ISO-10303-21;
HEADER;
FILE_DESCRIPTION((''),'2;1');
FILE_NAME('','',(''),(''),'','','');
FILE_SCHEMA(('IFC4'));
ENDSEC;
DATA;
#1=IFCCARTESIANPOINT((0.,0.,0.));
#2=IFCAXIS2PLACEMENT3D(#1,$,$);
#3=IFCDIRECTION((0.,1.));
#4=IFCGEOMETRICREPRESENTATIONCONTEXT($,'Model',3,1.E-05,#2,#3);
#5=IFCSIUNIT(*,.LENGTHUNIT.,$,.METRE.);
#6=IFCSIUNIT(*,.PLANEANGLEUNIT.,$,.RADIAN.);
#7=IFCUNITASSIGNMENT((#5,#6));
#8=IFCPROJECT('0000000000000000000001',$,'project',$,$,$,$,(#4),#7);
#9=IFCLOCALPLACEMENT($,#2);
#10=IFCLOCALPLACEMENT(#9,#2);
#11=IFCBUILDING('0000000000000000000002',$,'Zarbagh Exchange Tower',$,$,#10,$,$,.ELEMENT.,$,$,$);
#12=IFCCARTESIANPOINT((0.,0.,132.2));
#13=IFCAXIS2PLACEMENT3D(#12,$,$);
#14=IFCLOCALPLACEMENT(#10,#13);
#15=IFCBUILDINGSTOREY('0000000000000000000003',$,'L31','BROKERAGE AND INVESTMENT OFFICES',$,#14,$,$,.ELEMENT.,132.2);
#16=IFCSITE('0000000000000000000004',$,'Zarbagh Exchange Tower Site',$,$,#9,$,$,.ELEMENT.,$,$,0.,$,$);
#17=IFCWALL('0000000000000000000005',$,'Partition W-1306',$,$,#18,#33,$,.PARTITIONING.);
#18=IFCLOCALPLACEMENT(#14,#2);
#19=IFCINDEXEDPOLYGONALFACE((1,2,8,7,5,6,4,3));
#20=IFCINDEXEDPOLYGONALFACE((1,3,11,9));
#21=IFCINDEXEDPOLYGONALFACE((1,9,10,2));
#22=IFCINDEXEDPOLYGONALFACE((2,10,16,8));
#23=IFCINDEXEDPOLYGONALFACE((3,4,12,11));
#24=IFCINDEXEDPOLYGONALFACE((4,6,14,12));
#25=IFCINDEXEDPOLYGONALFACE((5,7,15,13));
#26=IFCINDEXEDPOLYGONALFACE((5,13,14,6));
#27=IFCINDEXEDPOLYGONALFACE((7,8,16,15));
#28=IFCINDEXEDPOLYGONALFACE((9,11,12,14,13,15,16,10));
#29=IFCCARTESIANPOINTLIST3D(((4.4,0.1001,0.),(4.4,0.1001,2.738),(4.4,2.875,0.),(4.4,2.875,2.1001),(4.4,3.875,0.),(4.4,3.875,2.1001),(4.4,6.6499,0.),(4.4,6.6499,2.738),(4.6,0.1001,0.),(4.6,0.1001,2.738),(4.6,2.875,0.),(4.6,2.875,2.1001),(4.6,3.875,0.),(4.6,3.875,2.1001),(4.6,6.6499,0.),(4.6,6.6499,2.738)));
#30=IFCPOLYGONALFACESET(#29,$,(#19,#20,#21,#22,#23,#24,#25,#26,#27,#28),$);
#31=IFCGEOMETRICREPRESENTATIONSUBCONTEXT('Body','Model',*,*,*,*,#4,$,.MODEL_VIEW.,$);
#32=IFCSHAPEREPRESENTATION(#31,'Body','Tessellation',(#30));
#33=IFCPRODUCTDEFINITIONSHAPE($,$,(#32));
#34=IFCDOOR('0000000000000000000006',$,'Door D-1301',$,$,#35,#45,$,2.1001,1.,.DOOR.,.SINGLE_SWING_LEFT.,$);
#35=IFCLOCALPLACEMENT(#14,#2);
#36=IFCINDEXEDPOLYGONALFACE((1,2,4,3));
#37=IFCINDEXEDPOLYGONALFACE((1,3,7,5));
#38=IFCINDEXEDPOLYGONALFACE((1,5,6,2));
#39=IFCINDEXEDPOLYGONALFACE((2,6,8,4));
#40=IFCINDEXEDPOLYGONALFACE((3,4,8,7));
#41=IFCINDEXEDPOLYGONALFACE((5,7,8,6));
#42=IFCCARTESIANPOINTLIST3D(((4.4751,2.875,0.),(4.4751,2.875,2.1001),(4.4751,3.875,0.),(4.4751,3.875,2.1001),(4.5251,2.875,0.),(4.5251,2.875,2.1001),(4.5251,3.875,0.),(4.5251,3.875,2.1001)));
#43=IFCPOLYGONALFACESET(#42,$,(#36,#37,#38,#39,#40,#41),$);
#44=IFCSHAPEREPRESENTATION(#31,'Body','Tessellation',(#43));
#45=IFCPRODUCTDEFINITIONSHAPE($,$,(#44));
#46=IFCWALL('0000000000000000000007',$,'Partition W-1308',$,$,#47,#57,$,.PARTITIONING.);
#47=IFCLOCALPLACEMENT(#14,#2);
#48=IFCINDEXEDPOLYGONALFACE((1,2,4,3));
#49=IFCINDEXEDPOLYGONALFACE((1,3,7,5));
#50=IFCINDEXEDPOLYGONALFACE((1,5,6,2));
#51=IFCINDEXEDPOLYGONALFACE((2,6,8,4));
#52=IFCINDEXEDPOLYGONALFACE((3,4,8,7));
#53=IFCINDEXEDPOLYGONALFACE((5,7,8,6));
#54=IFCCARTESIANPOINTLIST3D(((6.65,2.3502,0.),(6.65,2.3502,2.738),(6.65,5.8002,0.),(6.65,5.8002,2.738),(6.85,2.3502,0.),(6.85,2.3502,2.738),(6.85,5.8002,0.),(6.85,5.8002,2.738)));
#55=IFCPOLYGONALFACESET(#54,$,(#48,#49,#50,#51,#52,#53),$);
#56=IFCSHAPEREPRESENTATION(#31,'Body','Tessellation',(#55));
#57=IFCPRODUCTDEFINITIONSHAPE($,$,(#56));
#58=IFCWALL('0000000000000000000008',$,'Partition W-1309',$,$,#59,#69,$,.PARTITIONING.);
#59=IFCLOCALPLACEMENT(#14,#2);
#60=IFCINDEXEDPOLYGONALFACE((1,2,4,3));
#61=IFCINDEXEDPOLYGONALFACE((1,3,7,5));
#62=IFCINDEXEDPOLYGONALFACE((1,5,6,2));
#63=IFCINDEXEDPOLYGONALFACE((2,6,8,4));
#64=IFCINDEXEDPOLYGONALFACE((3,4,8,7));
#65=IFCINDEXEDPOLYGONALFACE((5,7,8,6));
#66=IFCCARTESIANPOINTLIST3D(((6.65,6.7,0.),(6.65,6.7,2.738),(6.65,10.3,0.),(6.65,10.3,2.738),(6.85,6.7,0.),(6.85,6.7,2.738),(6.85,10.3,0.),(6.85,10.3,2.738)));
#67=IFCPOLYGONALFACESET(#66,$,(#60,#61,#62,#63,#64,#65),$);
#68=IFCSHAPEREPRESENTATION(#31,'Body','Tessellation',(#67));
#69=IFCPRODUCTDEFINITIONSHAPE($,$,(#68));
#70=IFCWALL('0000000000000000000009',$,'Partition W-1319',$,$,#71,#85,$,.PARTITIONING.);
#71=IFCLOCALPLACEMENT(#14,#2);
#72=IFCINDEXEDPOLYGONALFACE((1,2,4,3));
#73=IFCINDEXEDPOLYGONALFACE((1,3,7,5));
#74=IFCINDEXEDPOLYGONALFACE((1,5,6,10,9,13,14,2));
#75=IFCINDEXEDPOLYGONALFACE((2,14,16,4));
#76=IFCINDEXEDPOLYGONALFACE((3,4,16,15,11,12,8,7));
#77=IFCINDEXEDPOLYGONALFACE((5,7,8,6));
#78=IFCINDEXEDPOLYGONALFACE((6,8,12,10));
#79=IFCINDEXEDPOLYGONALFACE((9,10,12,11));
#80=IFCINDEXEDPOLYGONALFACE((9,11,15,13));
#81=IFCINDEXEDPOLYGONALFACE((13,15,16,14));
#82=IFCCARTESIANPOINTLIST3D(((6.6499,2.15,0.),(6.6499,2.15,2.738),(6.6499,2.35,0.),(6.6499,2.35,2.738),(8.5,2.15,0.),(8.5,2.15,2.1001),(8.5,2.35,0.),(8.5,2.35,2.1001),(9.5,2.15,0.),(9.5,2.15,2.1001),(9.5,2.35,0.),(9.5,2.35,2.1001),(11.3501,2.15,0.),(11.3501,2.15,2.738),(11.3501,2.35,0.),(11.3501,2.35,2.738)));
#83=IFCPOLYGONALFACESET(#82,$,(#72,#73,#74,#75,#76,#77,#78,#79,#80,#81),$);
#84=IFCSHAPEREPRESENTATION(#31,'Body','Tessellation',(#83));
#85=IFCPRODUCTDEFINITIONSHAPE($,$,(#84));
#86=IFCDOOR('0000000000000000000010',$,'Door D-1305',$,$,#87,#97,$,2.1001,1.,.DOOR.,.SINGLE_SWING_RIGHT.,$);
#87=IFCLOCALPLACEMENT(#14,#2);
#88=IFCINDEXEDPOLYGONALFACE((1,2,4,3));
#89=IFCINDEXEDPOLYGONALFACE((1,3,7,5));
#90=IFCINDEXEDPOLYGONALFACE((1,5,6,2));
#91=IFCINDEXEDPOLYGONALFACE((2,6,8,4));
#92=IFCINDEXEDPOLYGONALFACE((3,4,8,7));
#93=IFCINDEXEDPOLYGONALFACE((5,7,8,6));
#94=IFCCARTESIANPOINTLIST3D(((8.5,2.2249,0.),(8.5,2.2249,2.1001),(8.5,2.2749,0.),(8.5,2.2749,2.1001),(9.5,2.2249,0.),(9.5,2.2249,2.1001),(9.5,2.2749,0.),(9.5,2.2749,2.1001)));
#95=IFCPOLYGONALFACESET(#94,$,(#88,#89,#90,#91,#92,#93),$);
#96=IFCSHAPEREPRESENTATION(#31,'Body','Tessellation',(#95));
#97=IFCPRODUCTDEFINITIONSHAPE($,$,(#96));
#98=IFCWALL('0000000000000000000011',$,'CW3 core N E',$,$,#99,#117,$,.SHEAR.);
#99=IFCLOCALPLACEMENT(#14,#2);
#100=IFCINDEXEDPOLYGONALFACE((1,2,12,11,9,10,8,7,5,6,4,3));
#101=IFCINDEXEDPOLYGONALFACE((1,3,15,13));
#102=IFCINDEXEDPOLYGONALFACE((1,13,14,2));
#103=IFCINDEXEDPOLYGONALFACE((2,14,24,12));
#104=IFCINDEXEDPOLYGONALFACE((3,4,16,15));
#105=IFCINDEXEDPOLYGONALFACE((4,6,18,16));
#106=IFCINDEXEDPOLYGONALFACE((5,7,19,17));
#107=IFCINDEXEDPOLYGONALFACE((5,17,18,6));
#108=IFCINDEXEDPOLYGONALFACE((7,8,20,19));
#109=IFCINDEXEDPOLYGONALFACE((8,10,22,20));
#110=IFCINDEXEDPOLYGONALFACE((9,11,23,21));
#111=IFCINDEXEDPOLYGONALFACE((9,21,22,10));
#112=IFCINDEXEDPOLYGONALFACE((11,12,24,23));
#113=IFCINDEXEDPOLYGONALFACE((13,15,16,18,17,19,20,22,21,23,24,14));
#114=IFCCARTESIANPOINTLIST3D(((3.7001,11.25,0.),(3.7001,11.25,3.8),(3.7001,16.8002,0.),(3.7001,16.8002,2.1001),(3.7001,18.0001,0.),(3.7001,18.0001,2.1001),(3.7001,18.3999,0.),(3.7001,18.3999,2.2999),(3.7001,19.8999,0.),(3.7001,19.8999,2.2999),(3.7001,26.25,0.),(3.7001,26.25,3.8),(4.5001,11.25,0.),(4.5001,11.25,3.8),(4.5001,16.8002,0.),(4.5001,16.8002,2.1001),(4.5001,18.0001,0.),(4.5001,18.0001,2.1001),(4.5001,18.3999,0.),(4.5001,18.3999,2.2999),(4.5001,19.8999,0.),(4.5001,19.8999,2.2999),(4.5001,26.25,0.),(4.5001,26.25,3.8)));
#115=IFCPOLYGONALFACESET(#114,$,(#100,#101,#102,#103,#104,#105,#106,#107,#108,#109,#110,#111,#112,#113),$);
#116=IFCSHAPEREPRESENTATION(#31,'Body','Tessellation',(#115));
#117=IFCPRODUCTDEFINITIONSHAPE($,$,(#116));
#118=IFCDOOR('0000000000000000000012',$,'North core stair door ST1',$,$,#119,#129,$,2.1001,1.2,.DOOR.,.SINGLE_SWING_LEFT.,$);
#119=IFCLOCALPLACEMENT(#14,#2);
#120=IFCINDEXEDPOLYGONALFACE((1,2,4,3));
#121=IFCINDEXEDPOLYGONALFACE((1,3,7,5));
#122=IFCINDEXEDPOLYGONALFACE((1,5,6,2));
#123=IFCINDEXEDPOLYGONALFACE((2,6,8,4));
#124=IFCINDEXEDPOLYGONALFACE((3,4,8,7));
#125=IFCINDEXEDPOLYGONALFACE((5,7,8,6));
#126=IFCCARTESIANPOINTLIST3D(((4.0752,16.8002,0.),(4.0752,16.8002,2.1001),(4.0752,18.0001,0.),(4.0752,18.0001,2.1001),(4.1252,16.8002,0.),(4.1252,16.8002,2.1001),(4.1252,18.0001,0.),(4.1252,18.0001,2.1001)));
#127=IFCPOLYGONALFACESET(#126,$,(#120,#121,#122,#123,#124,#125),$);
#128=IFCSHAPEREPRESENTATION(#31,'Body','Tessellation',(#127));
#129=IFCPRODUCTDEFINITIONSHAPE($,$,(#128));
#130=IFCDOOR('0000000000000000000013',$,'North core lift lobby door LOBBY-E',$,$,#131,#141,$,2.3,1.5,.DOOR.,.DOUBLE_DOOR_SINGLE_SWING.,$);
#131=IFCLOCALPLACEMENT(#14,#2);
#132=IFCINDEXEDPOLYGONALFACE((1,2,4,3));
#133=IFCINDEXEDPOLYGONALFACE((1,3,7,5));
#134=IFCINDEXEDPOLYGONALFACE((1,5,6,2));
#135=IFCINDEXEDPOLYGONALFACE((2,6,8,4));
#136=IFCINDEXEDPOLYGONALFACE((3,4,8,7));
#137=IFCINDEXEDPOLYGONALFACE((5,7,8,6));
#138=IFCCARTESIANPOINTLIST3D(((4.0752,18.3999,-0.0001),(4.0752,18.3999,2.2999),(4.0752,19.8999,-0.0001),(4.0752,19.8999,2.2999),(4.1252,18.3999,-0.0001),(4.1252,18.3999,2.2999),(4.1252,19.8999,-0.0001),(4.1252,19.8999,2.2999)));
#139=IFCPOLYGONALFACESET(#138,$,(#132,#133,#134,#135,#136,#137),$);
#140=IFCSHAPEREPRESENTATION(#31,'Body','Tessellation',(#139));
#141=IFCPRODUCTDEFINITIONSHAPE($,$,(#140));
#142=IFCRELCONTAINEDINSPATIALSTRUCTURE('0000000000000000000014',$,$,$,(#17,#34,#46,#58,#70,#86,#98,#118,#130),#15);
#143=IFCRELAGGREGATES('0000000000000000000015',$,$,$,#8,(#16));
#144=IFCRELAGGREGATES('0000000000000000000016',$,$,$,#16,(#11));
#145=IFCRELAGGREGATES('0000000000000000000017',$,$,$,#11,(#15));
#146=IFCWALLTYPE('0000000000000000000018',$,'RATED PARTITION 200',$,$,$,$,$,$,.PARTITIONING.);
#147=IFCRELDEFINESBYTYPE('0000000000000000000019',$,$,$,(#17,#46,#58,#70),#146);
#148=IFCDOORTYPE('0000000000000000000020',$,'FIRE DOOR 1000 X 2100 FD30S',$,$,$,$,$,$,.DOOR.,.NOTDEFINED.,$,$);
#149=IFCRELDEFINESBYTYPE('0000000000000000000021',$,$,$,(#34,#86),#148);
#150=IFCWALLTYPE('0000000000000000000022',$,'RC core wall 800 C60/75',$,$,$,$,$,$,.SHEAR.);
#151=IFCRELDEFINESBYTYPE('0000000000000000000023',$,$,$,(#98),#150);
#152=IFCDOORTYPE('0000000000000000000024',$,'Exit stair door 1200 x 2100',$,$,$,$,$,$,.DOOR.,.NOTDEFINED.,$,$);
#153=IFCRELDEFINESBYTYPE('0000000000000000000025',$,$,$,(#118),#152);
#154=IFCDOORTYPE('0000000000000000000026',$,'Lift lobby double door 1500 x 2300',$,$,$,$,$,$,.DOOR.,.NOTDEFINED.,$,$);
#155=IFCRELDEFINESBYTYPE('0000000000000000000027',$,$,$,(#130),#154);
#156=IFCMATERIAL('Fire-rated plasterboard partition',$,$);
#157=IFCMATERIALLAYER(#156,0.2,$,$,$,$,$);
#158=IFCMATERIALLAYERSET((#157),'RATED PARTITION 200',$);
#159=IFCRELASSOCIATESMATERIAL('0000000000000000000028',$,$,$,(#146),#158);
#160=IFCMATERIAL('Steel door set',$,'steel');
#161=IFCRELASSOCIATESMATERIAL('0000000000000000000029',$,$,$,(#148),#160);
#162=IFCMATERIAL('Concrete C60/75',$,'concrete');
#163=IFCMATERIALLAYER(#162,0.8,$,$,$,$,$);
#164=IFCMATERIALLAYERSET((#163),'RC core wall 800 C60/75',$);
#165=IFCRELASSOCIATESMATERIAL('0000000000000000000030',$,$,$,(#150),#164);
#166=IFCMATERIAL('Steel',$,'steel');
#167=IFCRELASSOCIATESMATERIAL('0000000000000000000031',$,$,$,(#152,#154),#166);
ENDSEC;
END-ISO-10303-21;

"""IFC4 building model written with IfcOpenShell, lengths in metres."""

from ifc_helpers import new_model, si_unit, direction, frame, frame_2d, origin, place, context, subcontext, project, spatial, rectangle, extrude, material, layer, layer_set, type_object, element, fill, save


model = new_model("IFC4")

# Units and contexts
model_context = context("Model", 3, precision=1e-05, world=origin(), true_north=direction((0.0, 1.0)))
body_context = subcontext(model_context, "Body", "Model", "MODEL_VIEW")
ifc_project = project(units=[si_unit("LENGTHUNIT", "METRE"), si_unit("PLANEANGLEUNIT", "RADIAN")], contexts=[model_context])

# Site, building, storey
site_placement = place(None, origin())
site = spatial("IfcSite", under=ifc_project, at=site_placement, Name="Zarbagh Exchange Tower Site", CompositionType="ELEMENT", RefElevation=0.0)
building_placement = place(site_placement, origin())
building = spatial("IfcBuilding", under=site, at=building_placement, Name="Zarbagh Exchange Tower", CompositionType="ELEMENT")
storey_placement = place(building_placement, frame((0.0, 0.0, 132.2)))
storey = spatial("IfcBuildingStorey", under=building, at=storey_placement, Name="L31", Description="BROKERAGE AND INVESTMENT OFFICES", CompositionType="ELEMENT", Elevation=132.2)

# Shared definitions
ifc_material_1 = material(Name="Concrete C60/75", Category="concrete")

# Wall, opening, door
ifc_material_2 = material(Name="Fire-rated plasterboard partition")
ifc_layer_1 = layer(ifc_material_2, 0.2)
ifc_layer_set_1 = layer_set([ifc_layer_1], Name="RATED PARTITION 200")
wall_type_1 = type_object("IfcWallType", Name="RATED PARTITION 200", PredefinedType="PARTITIONING", material=ifc_layer_set_1)
wall_1_placement = place(storey_placement, frame((4.5, 0.1001, 0.0), z_axis=(0.0, 0.0, 1.0), x_axis=(0.0, 1.0, 0.0)))
wall_1 = element("IfcWall", 1, at=wall_1_placement, inside=storey, type_object=wall_type_1, Name="Partition W-1306", PredefinedType="PARTITIONING", context=body_context, shape_type="SweptSolid", body=[
    extrude(rectangle(XDim=6.5498, YDim=0.2, at=frame_2d((3.2749, 0.0))), origin(), (0.0, 0.0, 1.0), 2.738),
])
opening_1_placement = place(wall_1_placement, frame((2.7749, 0.0, 0.0)))
opening_1 = element("IfcOpeningElement", 2, at=opening_1_placement, cuts=wall_1, PredefinedType="OPENING", context=body_context, shape_type="SweptSolid", body=[
    extrude(rectangle(XDim=1.0, YDim=2.1001, at=frame_2d((0.5, 1.05))), frame((0.0, 0.1099, 0.0), z_axis=(0.0, -1.0, 0.0), x_axis=(1.0, 0.0, 0.0)), (0.0, 0.0, 1.0), 0.22),
])
ifc_material_3 = material(Name="Steel door set", Category="steel")
door_type_1 = type_object("IfcDoorType", Name="FIRE DOOR 1000 X 2100 FD30S", OperationType="NOTDEFINED", PredefinedType="DOOR", material=ifc_material_3)
door_1_placement = place(opening_1_placement, origin())
door_1 = element("IfcDoor", 3, at=door_1_placement, inside=storey, type_object=door_type_1, Name="Door D-1301", OperationType="SINGLE_SWING_LEFT", OverallHeight=2.1001, OverallWidth=1.0, PredefinedType="DOOR", context=body_context, shape_type="SweptSolid", body=[
    extrude(rectangle(XDim=1.0, YDim=2.1001, at=frame_2d((0.5, 1.05))), frame((0.0, 0.0249, 0.0), z_axis=(0.0, -1.0, 0.0), x_axis=(1.0, 0.0, 0.0)), (0.0, 0.0, 1.0), 0.05),
])
fill(opening_1, door_1)

# Walls
wall_2_placement = place(storey_placement, frame((6.75, 2.3501, 0.0), z_axis=(0.0, 0.0, 1.0), x_axis=(0.0, 1.0, 0.0)))
element("IfcWall", 4, at=wall_2_placement, inside=storey, type_object=wall_type_1, Name="Partition W-1308", PredefinedType="PARTITIONING", context=body_context, shape_type="SweptSolid", body=[
    extrude(rectangle(XDim=3.45, YDim=0.2, at=frame_2d((1.7251, 0.0))), origin(), (0.0, 0.0, 1.0), 2.738),
])
wall_3_placement = place(storey_placement, frame((6.75, 6.7, 0.0), z_axis=(0.0, 0.0, 1.0), x_axis=(0.0, 1.0, 0.0)))
element("IfcWall", 5, at=wall_3_placement, inside=storey, type_object=wall_type_1, Name="Partition W-1309", PredefinedType="PARTITIONING", context=body_context, shape_type="SweptSolid", body=[
    extrude(rectangle(XDim=3.6001, YDim=0.2, at=frame_2d((1.8, 0.0))), origin(), (0.0, 0.0, 1.0), 2.738),
])

# Wall, opening, door
wall_4_placement = place(storey_placement, frame((6.6499, 2.25, 0.0), z_axis=(0.0, 0.0, 1.0), x_axis=(1.0, 0.0, 0.0)))
wall_4 = element("IfcWall", 6, at=wall_4_placement, inside=storey, type_object=wall_type_1, Name="Partition W-1319", PredefinedType="PARTITIONING", context=body_context, shape_type="SweptSolid", body=[
    extrude(rectangle(XDim=4.7002, YDim=0.2, at=frame_2d((2.3501, 0.0))), origin(), (0.0, 0.0, 1.0), 2.738),
])
opening_2_placement = place(wall_4_placement, frame((1.8501, 0.0, 0.0)))
opening_2 = element("IfcOpeningElement", 7, at=opening_2_placement, cuts=wall_4, PredefinedType="OPENING", context=body_context, shape_type="SweptSolid", body=[
    extrude(rectangle(XDim=1.0, YDim=2.1001, at=frame_2d((0.5, 1.05))), frame((0.0, 0.1099, 0.0), z_axis=(0.0, -1.0, 0.0), x_axis=(1.0, 0.0, 0.0)), (0.0, 0.0, 1.0), 0.22),
])
door_2_placement = place(opening_2_placement, origin())
door_2 = element("IfcDoor", 8, at=door_2_placement, inside=storey, type_object=door_type_1, Name="Door D-1305", OperationType="SINGLE_SWING_RIGHT", OverallHeight=2.1001, OverallWidth=1.0, PredefinedType="DOOR", context=body_context, shape_type="SweptSolid", body=[
    extrude(rectangle(XDim=1.0, YDim=2.1001, at=frame_2d((0.5, 1.05))), frame((0.0, 0.0249, 0.0), z_axis=(0.0, -1.0, 0.0), x_axis=(1.0, 0.0, 0.0)), (0.0, 0.0, 1.0), 0.05),
])
fill(opening_2, door_2)

# Wall, openings, doors
ifc_layer_2 = layer(ifc_material_1, 0.8)
ifc_layer_set_2 = layer_set([ifc_layer_2], Name="RC core wall 800 C60/75")
wall_type_2 = type_object("IfcWallType", Name="RC core wall 800 C60/75", PredefinedType="SHEAR", material=ifc_layer_set_2)
wall_5_placement = place(storey_placement, frame((4.1001, 11.25, 0.0), z_axis=(0.0, 0.0, 1.0), x_axis=(0.0, 1.0, 0.0)))
wall_5 = element("IfcWall", 9, at=wall_5_placement, inside=storey, type_object=wall_type_2, Name="CW3 core N E", PredefinedType="SHEAR", context=body_context, shape_type="SweptSolid", body=[
    extrude(rectangle(XDim=15.0, YDim=0.8, at=frame_2d((7.5, 0.0))), origin(), (0.0, 0.0, 1.0), 3.8),
])
opening_3_placement = place(wall_5_placement, frame((7.1499, 0.0, 0.0)))
opening_3 = element("IfcOpeningElement", 10, at=opening_3_placement, cuts=wall_5, PredefinedType="OPENING", context=body_context, shape_type="SweptSolid", body=[
    extrude(rectangle(XDim=1.5, YDim=2.3, at=frame_2d((0.75, 1.1499))), frame((0.0, 0.4099, 0.0), z_axis=(0.0, -1.0, 0.0), x_axis=(1.0, 0.0, 0.0)), (0.0, 0.0, 1.0), 0.8201),
])
opening_4_placement = place(wall_5_placement, frame((5.55, 0.0, 0.0)))
opening_4 = element("IfcOpeningElement", 11, at=opening_4_placement, cuts=wall_5, PredefinedType="OPENING", context=body_context, shape_type="SweptSolid", body=[
    extrude(rectangle(XDim=1.2, YDim=2.1001, at=frame_2d((0.6001, 1.05))), frame((0.0, 0.4099, 0.0), z_axis=(0.0, -1.0, 0.0), x_axis=(1.0, 0.0, 0.0)), (0.0, 0.0, 1.0), 0.8201),
])
ifc_material_4 = material(Name="Steel", Category="steel")
door_type_2 = type_object("IfcDoorType", Name="Exit stair door 1200 x 2100", OperationType="NOTDEFINED", PredefinedType="DOOR", material=ifc_material_4)
door_3_placement = place(opening_4_placement, origin())
door_3 = element("IfcDoor", 12, at=door_3_placement, inside=storey, type_object=door_type_2, Name="North core stair door ST1", OperationType="SINGLE_SWING_LEFT", OverallHeight=2.1001, OverallWidth=1.2, PredefinedType="DOOR", context=body_context, shape_type="SweptSolid", body=[
    extrude(rectangle(XDim=1.2, YDim=2.1001, at=frame_2d((0.6001, 1.05))), frame((0.0, 0.0249, 0.0), z_axis=(0.0, -1.0, 0.0), x_axis=(1.0, 0.0, 0.0)), (0.0, 0.0, 1.0), 0.05),
])
fill(opening_4, door_3)
door_type_3 = type_object("IfcDoorType", Name="Lift lobby double door 1500 x 2300", OperationType="NOTDEFINED", PredefinedType="DOOR", material=ifc_material_4)
door_4_placement = place(opening_3_placement, origin())
door_4 = element("IfcDoor", 13, at=door_4_placement, inside=storey, type_object=door_type_3, Name="North core lift lobby door LOBBY-E", OperationType="DOUBLE_DOOR_SINGLE_SWING", OverallHeight=2.3, OverallWidth=1.5, PredefinedType="DOOR", context=body_context, shape_type="SweptSolid", body=[
    extrude(rectangle(XDim=1.5, YDim=2.3, at=frame_2d((0.75, 1.1499))), frame((0.0, 0.0249, 0.0), z_axis=(0.0, -1.0, 0.0), x_axis=(1.0, 0.0, 0.0)), (0.0, 0.0, 1.0), 0.05),
])
fill(opening_3, door_4)

save(model, "model.ifc")
